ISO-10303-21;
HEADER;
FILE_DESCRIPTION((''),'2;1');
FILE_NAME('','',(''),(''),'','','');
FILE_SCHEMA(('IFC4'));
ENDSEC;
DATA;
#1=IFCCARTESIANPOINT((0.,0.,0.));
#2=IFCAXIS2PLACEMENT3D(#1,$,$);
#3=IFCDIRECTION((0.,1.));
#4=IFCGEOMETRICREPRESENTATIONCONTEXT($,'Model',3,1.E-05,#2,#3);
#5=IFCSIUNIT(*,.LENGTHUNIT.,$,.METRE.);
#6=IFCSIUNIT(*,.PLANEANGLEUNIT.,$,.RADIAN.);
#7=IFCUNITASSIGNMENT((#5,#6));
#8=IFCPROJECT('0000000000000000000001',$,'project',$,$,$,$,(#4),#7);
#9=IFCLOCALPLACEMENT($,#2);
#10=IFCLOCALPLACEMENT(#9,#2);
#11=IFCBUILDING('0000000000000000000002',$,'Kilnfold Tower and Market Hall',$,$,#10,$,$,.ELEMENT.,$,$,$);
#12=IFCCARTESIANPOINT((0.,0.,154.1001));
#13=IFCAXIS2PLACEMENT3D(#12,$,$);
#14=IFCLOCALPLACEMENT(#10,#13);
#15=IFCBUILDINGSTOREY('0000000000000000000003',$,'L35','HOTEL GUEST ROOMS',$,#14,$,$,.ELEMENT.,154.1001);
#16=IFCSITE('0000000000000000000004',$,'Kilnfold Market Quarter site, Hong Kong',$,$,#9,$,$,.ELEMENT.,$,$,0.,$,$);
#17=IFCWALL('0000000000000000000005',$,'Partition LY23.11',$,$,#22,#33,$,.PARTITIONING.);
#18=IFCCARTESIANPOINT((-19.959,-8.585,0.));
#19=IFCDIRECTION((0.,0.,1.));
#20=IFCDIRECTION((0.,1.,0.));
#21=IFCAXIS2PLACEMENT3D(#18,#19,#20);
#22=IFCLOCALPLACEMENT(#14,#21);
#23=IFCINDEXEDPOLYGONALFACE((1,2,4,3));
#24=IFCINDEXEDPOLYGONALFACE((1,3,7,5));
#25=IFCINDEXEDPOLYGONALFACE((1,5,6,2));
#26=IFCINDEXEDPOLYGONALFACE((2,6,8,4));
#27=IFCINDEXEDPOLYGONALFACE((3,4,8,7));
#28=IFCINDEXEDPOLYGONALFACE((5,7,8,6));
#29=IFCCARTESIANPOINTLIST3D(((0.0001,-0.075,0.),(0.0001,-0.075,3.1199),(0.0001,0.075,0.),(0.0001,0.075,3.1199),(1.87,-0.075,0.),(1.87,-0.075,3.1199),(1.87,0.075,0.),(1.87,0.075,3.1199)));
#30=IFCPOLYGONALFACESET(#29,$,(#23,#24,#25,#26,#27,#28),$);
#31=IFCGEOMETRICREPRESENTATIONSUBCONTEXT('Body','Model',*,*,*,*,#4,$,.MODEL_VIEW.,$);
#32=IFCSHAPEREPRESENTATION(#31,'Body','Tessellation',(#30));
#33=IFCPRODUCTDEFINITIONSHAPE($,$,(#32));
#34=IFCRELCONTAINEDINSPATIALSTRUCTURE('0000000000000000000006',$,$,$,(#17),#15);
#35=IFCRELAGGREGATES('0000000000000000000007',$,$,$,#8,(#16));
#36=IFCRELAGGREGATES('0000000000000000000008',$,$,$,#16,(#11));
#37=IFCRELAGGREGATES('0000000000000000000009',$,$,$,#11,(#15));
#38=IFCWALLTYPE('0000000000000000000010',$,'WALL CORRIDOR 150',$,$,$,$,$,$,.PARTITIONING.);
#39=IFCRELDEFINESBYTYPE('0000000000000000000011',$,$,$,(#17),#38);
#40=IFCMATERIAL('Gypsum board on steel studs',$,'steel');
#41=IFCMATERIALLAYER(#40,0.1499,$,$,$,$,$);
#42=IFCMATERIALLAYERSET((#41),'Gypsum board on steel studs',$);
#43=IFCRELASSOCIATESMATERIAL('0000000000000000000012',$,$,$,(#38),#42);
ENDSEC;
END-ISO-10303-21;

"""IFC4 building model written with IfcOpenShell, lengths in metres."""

from ifc_helpers import new_model, si_unit, direction, frame, frame_2d, origin, place, context, subcontext, project, spatial, rectangle, extrude, material, layer, layer_set, type_object, element, save


model = new_model("IFC4")

# Units and contexts
model_context = context("Model", 3, precision=1e-05, world=origin(), true_north=direction((0.0, 1.0)))
body_context = subcontext(model_context, "Body", "Model", "MODEL_VIEW")
ifc_project = project(units=[si_unit("LENGTHUNIT", "METRE"), si_unit("PLANEANGLEUNIT", "RADIAN")], contexts=[model_context])

# Site, building, storey
site_placement = place(None, origin())
site = spatial("IfcSite", under=ifc_project, at=site_placement, Name="Kilnfold Market Quarter site, Hong Kong", CompositionType="ELEMENT", RefElevation=0.0)
building_placement = place(site_placement, origin())
building = spatial("IfcBuilding", under=site, at=building_placement, Name="Kilnfold Tower and Market Hall", CompositionType="ELEMENT")
storey_placement = place(building_placement, frame((0.0, 0.0, 154.1001)))
storey = spatial("IfcBuildingStorey", under=building, at=storey_placement, Name="L35", Description="HOTEL GUEST ROOMS", CompositionType="ELEMENT", Elevation=154.1001)

# Wall
ifc_material_1 = material(Name="Gypsum board on steel studs", Category="steel")
ifc_layer_1 = layer(ifc_material_1, 0.1499)
ifc_layer_set_1 = layer_set([ifc_layer_1], Name="Gypsum board on steel studs")
wall_type_1 = type_object("IfcWallType", Name="WALL CORRIDOR 150", PredefinedType="PARTITIONING", material=ifc_layer_set_1)
wall_1_placement = place(storey_placement, frame((-19.959, -8.585, 0.0), z_axis=(0.0, 0.0, 1.0), x_axis=(0.0, 1.0, 0.0)))
element("IfcWall", 1, at=wall_1_placement, inside=storey, type_object=wall_type_1, Name="Partition LY23.11", PredefinedType="PARTITIONING", context=body_context, shape_type="SweptSolid", body=[
    extrude(rectangle(XDim=1.8699, YDim=0.1499, at=frame_2d((0.9351, 0.0))), origin(), (0.0, 0.0, 1.0), 3.1199),
])

save(model, "model.ifc")
